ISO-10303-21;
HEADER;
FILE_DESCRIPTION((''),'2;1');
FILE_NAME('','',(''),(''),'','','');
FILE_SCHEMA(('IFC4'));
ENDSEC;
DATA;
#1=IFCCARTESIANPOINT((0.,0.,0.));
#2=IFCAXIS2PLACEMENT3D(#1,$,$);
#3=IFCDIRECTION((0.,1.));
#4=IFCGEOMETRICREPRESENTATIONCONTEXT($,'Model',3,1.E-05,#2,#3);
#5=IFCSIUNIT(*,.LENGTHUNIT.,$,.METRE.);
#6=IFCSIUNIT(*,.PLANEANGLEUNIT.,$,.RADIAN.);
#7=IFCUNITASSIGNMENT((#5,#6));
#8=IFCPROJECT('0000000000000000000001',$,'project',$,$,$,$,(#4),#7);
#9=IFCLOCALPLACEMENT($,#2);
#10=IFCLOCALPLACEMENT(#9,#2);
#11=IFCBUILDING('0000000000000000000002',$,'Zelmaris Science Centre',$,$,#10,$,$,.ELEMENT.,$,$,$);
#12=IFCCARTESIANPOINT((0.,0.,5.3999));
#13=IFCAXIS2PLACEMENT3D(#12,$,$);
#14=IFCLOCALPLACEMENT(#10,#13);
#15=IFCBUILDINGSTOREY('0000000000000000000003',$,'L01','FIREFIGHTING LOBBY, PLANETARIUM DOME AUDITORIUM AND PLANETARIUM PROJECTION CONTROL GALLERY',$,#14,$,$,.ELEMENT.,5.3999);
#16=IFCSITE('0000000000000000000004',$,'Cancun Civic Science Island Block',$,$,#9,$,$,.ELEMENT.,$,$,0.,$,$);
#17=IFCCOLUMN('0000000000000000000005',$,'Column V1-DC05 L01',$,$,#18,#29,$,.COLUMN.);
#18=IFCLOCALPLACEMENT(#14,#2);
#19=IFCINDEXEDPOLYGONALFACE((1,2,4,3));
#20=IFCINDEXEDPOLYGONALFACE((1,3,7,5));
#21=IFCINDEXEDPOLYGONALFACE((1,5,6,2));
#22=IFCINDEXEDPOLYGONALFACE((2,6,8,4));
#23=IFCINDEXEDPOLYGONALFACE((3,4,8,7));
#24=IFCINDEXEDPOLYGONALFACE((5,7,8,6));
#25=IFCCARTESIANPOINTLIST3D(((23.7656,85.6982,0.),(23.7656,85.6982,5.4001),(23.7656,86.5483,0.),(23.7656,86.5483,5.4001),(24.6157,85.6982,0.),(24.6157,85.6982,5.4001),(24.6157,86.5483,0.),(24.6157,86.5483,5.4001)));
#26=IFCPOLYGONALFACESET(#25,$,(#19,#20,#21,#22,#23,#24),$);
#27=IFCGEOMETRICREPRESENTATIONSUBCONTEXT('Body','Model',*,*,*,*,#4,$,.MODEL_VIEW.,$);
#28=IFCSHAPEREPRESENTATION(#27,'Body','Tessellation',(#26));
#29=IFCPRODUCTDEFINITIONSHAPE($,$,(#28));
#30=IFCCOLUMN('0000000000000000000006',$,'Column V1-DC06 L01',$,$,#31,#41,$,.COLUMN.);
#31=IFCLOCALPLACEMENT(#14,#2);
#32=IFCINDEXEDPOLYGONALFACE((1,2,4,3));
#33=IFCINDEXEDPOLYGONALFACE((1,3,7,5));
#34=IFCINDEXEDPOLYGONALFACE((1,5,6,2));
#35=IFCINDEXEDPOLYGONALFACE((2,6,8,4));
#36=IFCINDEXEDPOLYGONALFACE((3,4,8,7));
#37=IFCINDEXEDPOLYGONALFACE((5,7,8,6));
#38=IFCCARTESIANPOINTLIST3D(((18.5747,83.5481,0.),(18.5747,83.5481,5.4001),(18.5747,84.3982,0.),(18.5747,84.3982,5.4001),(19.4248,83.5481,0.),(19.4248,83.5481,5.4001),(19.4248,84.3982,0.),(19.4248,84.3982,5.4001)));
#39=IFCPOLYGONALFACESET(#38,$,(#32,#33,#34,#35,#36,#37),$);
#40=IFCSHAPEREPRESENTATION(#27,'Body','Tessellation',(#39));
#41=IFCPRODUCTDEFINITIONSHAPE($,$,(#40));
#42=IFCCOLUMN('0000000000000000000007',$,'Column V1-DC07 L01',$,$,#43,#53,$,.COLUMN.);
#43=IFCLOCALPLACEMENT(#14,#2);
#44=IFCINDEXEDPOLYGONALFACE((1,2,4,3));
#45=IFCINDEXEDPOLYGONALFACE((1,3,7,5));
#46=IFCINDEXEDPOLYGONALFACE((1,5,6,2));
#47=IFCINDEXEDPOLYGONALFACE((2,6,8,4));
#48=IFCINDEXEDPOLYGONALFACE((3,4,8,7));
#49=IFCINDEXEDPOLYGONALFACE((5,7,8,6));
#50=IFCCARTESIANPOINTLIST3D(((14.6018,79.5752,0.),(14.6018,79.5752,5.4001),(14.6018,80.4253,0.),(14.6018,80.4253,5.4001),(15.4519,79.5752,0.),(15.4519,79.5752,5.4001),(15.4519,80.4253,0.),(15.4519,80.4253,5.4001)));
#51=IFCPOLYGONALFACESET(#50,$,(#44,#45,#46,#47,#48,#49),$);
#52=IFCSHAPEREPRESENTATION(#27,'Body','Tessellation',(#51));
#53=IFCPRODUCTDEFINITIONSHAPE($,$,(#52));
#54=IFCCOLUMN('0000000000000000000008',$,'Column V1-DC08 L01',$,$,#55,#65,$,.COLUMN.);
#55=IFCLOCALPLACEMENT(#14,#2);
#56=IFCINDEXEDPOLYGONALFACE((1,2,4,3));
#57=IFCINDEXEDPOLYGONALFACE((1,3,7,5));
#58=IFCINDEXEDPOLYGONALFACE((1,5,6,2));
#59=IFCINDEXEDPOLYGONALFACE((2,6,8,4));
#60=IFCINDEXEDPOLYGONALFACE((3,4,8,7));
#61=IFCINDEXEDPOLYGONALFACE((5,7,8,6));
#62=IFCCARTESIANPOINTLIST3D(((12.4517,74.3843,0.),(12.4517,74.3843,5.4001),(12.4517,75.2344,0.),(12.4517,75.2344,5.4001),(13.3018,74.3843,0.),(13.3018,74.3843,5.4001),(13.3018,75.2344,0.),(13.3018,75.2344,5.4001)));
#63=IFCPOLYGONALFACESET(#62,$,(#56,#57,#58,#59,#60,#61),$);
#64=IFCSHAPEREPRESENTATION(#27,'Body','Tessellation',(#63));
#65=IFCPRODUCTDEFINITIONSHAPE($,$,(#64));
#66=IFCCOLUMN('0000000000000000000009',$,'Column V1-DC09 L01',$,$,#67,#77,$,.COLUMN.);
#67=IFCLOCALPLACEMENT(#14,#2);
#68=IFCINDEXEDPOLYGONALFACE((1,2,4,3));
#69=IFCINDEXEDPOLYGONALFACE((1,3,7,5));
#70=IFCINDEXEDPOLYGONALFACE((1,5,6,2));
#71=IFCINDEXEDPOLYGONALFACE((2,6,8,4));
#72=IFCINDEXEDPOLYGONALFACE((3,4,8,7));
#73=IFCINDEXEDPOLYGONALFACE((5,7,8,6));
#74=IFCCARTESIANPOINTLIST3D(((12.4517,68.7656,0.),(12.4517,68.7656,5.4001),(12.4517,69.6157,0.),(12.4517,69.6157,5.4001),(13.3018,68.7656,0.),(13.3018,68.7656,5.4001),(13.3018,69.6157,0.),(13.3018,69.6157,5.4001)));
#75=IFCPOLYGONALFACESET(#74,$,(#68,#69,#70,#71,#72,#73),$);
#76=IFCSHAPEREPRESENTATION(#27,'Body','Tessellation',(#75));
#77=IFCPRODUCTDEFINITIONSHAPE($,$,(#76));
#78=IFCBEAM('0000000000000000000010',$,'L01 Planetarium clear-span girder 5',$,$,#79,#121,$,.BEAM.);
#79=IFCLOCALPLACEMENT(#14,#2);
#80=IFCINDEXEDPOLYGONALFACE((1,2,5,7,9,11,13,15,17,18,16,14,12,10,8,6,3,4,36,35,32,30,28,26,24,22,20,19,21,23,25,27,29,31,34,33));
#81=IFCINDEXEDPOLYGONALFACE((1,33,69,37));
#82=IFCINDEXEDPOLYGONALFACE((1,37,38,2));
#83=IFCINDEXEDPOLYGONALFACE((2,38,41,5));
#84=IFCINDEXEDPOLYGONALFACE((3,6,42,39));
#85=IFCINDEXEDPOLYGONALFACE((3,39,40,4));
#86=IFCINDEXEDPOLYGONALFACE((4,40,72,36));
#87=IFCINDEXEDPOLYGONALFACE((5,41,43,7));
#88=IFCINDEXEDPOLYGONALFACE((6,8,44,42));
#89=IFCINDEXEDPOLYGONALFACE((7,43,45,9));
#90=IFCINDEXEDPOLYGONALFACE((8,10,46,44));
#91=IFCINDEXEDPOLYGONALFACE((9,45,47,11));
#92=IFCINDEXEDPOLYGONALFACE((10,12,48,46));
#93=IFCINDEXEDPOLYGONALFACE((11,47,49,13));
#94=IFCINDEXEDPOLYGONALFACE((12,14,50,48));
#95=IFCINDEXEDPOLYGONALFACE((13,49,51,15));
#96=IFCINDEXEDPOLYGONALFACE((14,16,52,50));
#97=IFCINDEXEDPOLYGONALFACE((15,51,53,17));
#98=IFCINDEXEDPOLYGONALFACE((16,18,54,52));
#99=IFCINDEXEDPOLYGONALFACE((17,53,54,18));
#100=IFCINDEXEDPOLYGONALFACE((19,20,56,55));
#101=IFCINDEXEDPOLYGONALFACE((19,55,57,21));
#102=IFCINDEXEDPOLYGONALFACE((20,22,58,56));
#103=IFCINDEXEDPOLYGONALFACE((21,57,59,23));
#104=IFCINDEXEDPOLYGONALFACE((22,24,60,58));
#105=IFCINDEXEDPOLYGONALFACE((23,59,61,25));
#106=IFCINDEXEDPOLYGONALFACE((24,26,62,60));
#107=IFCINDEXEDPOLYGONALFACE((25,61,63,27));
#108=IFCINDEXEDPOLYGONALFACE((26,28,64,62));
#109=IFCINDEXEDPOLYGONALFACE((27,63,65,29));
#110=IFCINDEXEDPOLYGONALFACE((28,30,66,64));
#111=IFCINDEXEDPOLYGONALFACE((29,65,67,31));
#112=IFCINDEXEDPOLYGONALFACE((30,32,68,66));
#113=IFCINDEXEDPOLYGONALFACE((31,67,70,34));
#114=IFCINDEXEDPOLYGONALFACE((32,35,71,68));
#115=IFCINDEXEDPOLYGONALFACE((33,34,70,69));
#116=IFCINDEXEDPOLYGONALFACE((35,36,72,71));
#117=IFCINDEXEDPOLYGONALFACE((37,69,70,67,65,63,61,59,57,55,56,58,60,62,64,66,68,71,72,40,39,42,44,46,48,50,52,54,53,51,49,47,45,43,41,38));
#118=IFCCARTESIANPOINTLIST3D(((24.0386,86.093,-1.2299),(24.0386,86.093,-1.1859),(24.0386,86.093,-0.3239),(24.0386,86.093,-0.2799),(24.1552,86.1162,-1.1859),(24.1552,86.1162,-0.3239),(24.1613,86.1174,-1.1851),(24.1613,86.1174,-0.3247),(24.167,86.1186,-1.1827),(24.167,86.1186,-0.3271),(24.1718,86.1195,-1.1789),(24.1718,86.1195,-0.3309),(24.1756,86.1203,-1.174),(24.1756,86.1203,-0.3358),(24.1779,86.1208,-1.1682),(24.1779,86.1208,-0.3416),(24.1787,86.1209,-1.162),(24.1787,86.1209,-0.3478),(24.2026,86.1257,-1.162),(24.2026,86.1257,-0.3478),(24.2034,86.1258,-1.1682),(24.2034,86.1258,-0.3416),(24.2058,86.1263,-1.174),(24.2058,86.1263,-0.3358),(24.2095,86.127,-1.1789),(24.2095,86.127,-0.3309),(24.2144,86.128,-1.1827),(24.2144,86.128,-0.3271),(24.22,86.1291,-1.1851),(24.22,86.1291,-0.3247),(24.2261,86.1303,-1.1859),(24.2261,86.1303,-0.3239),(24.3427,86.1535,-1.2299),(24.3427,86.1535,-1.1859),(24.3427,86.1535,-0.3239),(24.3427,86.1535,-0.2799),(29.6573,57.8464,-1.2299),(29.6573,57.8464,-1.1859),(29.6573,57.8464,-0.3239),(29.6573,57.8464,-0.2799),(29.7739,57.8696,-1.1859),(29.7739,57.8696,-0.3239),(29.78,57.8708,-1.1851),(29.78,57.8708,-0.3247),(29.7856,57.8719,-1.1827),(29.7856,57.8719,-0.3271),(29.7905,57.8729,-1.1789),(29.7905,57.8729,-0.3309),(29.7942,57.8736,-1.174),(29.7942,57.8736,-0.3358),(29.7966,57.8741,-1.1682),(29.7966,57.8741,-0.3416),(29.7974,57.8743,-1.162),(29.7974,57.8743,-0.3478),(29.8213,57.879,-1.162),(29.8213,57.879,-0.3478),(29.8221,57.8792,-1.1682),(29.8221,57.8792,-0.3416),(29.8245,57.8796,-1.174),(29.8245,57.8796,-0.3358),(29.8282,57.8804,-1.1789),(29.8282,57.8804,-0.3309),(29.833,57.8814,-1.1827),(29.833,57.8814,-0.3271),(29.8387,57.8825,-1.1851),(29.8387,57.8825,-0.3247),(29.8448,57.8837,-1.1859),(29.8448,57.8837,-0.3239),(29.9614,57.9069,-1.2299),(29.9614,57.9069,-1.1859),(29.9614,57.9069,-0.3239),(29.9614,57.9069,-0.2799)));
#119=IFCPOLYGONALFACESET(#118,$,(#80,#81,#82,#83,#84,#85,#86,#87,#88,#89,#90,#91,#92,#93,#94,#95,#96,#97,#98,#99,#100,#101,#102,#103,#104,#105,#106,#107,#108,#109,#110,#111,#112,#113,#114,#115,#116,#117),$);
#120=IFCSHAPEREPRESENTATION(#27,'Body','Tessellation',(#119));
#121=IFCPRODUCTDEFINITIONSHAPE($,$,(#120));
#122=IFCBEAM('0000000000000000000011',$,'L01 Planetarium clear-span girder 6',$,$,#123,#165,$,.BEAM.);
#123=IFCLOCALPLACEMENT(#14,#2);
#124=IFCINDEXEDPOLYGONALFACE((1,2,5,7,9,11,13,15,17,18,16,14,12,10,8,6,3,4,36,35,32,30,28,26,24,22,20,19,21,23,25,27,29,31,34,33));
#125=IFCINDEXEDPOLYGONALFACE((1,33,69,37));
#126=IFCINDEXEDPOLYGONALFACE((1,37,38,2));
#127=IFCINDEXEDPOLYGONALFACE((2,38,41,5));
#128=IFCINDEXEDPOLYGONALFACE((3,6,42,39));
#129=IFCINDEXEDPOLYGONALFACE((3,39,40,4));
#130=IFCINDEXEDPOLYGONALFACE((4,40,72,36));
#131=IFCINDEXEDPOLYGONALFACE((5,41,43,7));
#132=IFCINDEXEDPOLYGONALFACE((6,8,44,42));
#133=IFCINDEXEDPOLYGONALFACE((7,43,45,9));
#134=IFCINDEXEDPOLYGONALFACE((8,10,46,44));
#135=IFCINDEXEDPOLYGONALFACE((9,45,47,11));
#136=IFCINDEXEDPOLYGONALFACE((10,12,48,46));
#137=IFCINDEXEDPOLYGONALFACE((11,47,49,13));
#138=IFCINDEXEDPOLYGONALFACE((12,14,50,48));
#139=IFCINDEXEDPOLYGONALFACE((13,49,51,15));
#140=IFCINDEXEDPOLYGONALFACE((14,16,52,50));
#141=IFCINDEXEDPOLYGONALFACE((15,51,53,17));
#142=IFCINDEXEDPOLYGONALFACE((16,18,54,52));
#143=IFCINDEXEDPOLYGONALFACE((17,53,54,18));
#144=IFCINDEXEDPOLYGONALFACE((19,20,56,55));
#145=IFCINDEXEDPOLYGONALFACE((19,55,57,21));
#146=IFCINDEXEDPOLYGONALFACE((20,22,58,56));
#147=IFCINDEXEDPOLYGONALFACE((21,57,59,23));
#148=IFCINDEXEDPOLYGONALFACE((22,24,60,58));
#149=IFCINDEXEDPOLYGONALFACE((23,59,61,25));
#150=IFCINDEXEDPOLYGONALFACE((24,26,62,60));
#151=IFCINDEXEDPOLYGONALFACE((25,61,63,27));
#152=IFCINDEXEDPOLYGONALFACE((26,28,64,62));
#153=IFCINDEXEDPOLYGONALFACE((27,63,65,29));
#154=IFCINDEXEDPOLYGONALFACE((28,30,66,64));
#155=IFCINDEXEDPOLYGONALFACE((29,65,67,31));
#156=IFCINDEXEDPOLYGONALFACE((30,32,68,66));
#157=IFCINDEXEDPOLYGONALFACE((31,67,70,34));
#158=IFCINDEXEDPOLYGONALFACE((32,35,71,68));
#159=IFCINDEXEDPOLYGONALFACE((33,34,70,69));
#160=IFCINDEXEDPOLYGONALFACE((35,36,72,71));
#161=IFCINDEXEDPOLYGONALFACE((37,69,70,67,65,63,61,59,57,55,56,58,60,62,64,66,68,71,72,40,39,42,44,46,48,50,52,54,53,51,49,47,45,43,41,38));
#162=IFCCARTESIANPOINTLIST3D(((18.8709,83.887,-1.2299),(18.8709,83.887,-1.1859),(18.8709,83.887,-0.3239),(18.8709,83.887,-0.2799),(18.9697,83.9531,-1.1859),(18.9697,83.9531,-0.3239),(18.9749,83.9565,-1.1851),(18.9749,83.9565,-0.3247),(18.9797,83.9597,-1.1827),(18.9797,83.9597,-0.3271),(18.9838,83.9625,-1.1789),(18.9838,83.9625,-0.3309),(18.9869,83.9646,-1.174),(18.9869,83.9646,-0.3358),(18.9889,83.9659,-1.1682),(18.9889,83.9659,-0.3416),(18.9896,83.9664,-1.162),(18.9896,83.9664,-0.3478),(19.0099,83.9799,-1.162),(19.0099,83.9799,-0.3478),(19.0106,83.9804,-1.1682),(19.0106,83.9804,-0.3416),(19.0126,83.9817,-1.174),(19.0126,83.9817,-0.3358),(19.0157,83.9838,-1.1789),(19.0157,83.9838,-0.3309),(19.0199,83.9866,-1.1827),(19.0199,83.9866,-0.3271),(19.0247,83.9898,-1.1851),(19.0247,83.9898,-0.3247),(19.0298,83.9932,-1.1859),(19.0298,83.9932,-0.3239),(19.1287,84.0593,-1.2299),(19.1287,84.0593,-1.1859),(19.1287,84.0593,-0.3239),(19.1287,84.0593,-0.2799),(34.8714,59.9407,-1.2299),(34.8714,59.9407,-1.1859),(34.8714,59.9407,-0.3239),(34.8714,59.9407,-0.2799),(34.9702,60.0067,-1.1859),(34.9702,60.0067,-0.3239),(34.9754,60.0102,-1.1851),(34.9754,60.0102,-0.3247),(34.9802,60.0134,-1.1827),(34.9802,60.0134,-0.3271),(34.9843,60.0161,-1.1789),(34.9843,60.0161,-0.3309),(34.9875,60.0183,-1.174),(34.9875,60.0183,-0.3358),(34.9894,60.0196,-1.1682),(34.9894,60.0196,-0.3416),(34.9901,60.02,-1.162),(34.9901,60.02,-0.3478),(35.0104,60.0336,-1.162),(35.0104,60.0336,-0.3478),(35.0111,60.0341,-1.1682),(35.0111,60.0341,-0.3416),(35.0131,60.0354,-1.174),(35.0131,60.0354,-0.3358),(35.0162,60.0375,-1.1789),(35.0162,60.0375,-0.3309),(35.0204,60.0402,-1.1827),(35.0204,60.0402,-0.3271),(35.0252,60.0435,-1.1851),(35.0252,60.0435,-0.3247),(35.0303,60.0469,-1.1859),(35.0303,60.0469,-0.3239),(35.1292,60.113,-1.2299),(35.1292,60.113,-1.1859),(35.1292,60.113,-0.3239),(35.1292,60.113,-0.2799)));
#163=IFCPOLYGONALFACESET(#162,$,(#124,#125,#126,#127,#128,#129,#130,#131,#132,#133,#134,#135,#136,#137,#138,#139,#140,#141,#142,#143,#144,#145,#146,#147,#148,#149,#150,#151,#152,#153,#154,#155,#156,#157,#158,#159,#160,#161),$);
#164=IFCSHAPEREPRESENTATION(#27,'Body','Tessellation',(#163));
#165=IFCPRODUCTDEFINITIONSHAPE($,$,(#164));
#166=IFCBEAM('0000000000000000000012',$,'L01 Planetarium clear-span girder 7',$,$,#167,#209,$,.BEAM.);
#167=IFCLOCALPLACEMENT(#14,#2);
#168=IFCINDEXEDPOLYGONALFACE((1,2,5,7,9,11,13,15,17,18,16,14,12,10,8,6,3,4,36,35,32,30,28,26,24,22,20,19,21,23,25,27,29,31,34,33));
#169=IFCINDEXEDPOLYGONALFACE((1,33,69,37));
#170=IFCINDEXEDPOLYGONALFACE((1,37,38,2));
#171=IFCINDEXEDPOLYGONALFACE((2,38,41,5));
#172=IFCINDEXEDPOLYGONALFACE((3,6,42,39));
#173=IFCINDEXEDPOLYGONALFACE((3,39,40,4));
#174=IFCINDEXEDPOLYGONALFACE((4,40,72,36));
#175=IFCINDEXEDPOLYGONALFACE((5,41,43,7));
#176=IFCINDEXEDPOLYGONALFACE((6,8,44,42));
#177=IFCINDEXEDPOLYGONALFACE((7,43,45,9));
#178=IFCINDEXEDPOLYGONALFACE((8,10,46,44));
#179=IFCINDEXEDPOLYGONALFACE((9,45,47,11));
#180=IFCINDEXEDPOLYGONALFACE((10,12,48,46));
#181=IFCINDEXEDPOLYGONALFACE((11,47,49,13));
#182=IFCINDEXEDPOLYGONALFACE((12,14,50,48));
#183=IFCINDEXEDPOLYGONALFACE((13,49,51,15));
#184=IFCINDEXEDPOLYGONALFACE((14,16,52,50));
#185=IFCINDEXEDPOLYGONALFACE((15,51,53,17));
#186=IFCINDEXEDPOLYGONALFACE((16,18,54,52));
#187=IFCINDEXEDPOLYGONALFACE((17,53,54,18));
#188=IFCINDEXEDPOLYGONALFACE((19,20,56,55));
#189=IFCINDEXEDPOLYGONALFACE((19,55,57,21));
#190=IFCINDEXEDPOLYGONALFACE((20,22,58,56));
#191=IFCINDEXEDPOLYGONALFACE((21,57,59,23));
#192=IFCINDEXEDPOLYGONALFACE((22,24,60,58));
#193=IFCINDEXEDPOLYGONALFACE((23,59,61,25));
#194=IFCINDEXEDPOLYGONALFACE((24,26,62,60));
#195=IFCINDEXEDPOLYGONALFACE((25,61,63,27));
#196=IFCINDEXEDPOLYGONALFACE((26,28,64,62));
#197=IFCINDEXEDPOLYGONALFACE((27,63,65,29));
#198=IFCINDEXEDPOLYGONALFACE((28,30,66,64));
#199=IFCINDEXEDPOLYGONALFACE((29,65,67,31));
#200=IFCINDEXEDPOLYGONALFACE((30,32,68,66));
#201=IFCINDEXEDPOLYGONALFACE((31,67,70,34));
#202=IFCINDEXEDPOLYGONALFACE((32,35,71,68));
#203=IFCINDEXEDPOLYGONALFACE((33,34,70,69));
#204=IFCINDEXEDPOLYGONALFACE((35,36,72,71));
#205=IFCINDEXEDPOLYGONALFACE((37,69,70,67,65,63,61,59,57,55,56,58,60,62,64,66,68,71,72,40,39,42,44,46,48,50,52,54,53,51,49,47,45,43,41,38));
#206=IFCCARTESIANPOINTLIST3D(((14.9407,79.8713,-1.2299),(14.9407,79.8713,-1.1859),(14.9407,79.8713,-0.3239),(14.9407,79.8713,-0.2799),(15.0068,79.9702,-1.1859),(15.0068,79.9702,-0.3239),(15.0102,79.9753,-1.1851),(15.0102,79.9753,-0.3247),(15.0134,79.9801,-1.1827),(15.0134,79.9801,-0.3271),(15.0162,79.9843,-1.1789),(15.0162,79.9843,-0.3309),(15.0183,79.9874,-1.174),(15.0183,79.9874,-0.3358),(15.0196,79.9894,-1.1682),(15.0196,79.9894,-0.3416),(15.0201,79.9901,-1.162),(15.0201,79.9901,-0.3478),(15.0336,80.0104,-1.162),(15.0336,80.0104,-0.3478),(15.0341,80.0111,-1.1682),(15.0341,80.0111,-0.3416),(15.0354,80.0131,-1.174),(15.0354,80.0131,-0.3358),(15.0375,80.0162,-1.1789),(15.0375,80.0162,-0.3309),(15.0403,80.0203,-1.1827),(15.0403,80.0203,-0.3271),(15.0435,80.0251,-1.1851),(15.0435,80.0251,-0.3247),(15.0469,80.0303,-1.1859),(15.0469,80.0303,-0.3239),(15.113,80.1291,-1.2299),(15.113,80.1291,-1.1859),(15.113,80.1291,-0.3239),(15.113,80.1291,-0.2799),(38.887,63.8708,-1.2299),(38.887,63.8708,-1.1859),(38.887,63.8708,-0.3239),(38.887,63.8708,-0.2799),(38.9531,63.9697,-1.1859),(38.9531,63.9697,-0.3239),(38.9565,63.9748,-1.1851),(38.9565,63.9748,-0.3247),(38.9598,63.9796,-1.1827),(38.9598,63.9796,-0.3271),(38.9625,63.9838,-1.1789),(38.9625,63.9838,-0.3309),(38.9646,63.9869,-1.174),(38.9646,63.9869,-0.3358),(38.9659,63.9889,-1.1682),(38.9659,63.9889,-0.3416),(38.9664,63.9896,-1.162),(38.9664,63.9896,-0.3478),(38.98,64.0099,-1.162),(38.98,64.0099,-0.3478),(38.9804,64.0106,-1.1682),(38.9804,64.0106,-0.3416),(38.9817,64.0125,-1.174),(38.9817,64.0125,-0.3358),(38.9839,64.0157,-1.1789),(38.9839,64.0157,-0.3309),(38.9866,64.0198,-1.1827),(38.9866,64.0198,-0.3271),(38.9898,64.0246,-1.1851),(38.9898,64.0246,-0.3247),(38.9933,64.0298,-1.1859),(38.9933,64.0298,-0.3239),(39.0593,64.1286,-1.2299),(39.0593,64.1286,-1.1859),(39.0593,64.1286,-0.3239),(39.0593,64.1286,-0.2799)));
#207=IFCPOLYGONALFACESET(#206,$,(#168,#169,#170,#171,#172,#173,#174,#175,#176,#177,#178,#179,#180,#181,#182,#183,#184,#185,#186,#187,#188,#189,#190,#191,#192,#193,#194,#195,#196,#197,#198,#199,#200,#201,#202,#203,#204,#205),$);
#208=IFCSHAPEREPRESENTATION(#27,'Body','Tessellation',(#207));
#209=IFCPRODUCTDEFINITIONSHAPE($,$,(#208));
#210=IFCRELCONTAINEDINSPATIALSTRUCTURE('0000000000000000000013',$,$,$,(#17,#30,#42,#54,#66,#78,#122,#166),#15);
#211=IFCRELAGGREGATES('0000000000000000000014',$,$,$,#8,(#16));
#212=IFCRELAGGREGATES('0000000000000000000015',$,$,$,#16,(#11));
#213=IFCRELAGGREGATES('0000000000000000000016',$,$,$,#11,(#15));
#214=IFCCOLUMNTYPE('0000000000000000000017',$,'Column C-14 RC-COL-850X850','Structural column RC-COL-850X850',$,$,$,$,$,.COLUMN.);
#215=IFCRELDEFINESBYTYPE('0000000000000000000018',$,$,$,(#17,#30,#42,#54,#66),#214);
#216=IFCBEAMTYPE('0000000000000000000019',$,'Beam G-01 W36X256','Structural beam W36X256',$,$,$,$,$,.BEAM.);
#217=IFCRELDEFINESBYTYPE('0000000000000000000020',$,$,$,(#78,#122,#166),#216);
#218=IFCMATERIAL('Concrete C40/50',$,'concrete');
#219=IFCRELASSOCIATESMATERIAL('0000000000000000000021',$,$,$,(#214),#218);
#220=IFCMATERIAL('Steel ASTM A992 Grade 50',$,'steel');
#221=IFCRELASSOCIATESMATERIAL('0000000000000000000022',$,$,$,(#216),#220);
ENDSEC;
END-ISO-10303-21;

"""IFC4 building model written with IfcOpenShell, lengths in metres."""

from ifc_helpers import new_model, si_unit, direction, frame, origin, origin_2d, place, context, subcontext, project, spatial, rectangle, i_section, extrude, material, material_profile, profile_set, type_object, element, save


model = new_model("IFC4")

# Units and contexts
model_context = context("Model", 3, precision=1e-05, world=origin(), true_north=direction((0.0, 1.0)))
body_context = subcontext(model_context, "Body", "Model", "MODEL_VIEW")
ifc_project = project(units=[si_unit("LENGTHUNIT", "METRE"), si_unit("PLANEANGLEUNIT", "RADIAN")], contexts=[model_context])

# Site, building, storey
site_placement = place(None, origin())
site = spatial("IfcSite", under=ifc_project, at=site_placement, Name="Cancun Civic Science Island Block", CompositionType="ELEMENT", RefElevation=0.0)
building_placement = place(site_placement, origin())
building = spatial("IfcBuilding", under=site, at=building_placement, Name="Zelmaris Science Centre", CompositionType="ELEMENT")
storey_placement = place(building_placement, frame((0.0, 0.0, 5.3999)))
storey = spatial("IfcBuildingStorey", under=building, at=storey_placement, Name="L01", Description="FIREFIGHTING LOBBY, PLANETARIUM DOME AUDITORIUM AND PLANETARIUM PROJECTION CONTROL GALLERY", CompositionType="ELEMENT", Elevation=5.3999)

# Columns
ifc_material_1 = material(Name="Concrete C40/50", Category="concrete")
ifc_material_profile_1 = material_profile(ifc_material_1, rectangle(XDim=0.8501, YDim=0.8501, at=origin_2d()), Name="RC-COL-850X850")
ifc_profile_set_1 = profile_set([ifc_material_profile_1], Name="Concrete C40/50")
column_type = type_object("IfcColumnType", Name="Column C-14 RC-COL-850X850", Description="Structural column RC-COL-850X850", PredefinedType="COLUMN", material=ifc_profile_set_1)
for number, where, z_axis, x_axis, name in (
    (1, (24.1907, 86.1233, 0.0), (0.0, 0.0, 1.0), (1.0, 0.0, 0.0), "Column V1-DC05 L01"),
    (2, (18.9998, 83.9731, 0.0), (0.0, 0.0, 1.0), (1.0, 0.0, 0.0), "Column V1-DC06 L01"),
    (3, (15.0269, 80.0002, 0.0), (0.0, 0.0, 1.0), (1.0, 0.0, 0.0), "Column V1-DC07 L01"),
    (4, (12.8767, 74.8093, 0.0), (0.0, 0.0, 1.0), (1.0, 0.0, 0.0), "Column V1-DC08 L01"),
    (5, (12.8767, 69.1907, 0.0), (0.0, 0.0, 1.0), (1.0, 0.0, 0.0), "Column V1-DC09 L01"),
):
    element("IfcColumn", number, at=place(storey_placement, frame(where, z_axis=z_axis, x_axis=x_axis)), inside=storey, type_object=column_type, Name=name, PredefinedType="COLUMN", context=body_context, shape_type="SweptSolid", body=[
        extrude(rectangle(XDim=0.8501, YDim=0.8501, at=origin_2d()), origin(), (0.0, 0.0, 1.0), 5.4001),
    ])

# Beams
ifc_material_2 = material(Name="Steel ASTM A992 Grade 50", Category="steel")
ifc_material_profile_2 = material_profile(ifc_material_2, i_section(OverallWidth=0.3101, OverallDepth=0.95, WebThickness=0.0244, FlangeThickness=0.0439, FilletRadius=0.0239, at=origin_2d()), Name="W36X256")
ifc_profile_set_2 = profile_set([ifc_material_profile_2], Name="Steel ASTM A992 Grade 50")
beam_type_1 = type_object("IfcBeamType", Name="Beam G-01 W36X256", Description="Structural beam W36X256", PredefinedType="BEAM", material=ifc_profile_set_2)
for number, where, z_axis, x_axis, name in (
    (6, (24.1907, 86.1233, -0.7549), (0.195092, -0.980785, 0.0), (0.980785, 0.195092, 0.0), "L01 Planetarium clear-span girder 5"),
    (7, (18.9998, 83.9731, -0.7549), (0.555572, -0.831468, 0.0), (0.831468, 0.555572, 0.0), "L01 Planetarium clear-span girder 6"),
    (8, (15.0269, 80.0002, -0.7549), (0.831468, -0.555572, 0.0), (0.555572, 0.831468, 0.0), "L01 Planetarium clear-span girder 7"),
):
    element("IfcBeam", number, at=place(storey_placement, frame(where, z_axis=z_axis, x_axis=x_axis)), inside=storey, type_object=beam_type_1, Name=name, PredefinedType="BEAM", context=body_context, shape_type="SweptSolid", body=[
        extrude(i_section(OverallWidth=0.3101, OverallDepth=0.95, WebThickness=0.0244, FlangeThickness=0.0439, FilletRadius=0.0239, at=origin_2d()), origin(), (0.0, 0.0, 1.0), 28.8),
    ])

save(model, "model.ifc")
